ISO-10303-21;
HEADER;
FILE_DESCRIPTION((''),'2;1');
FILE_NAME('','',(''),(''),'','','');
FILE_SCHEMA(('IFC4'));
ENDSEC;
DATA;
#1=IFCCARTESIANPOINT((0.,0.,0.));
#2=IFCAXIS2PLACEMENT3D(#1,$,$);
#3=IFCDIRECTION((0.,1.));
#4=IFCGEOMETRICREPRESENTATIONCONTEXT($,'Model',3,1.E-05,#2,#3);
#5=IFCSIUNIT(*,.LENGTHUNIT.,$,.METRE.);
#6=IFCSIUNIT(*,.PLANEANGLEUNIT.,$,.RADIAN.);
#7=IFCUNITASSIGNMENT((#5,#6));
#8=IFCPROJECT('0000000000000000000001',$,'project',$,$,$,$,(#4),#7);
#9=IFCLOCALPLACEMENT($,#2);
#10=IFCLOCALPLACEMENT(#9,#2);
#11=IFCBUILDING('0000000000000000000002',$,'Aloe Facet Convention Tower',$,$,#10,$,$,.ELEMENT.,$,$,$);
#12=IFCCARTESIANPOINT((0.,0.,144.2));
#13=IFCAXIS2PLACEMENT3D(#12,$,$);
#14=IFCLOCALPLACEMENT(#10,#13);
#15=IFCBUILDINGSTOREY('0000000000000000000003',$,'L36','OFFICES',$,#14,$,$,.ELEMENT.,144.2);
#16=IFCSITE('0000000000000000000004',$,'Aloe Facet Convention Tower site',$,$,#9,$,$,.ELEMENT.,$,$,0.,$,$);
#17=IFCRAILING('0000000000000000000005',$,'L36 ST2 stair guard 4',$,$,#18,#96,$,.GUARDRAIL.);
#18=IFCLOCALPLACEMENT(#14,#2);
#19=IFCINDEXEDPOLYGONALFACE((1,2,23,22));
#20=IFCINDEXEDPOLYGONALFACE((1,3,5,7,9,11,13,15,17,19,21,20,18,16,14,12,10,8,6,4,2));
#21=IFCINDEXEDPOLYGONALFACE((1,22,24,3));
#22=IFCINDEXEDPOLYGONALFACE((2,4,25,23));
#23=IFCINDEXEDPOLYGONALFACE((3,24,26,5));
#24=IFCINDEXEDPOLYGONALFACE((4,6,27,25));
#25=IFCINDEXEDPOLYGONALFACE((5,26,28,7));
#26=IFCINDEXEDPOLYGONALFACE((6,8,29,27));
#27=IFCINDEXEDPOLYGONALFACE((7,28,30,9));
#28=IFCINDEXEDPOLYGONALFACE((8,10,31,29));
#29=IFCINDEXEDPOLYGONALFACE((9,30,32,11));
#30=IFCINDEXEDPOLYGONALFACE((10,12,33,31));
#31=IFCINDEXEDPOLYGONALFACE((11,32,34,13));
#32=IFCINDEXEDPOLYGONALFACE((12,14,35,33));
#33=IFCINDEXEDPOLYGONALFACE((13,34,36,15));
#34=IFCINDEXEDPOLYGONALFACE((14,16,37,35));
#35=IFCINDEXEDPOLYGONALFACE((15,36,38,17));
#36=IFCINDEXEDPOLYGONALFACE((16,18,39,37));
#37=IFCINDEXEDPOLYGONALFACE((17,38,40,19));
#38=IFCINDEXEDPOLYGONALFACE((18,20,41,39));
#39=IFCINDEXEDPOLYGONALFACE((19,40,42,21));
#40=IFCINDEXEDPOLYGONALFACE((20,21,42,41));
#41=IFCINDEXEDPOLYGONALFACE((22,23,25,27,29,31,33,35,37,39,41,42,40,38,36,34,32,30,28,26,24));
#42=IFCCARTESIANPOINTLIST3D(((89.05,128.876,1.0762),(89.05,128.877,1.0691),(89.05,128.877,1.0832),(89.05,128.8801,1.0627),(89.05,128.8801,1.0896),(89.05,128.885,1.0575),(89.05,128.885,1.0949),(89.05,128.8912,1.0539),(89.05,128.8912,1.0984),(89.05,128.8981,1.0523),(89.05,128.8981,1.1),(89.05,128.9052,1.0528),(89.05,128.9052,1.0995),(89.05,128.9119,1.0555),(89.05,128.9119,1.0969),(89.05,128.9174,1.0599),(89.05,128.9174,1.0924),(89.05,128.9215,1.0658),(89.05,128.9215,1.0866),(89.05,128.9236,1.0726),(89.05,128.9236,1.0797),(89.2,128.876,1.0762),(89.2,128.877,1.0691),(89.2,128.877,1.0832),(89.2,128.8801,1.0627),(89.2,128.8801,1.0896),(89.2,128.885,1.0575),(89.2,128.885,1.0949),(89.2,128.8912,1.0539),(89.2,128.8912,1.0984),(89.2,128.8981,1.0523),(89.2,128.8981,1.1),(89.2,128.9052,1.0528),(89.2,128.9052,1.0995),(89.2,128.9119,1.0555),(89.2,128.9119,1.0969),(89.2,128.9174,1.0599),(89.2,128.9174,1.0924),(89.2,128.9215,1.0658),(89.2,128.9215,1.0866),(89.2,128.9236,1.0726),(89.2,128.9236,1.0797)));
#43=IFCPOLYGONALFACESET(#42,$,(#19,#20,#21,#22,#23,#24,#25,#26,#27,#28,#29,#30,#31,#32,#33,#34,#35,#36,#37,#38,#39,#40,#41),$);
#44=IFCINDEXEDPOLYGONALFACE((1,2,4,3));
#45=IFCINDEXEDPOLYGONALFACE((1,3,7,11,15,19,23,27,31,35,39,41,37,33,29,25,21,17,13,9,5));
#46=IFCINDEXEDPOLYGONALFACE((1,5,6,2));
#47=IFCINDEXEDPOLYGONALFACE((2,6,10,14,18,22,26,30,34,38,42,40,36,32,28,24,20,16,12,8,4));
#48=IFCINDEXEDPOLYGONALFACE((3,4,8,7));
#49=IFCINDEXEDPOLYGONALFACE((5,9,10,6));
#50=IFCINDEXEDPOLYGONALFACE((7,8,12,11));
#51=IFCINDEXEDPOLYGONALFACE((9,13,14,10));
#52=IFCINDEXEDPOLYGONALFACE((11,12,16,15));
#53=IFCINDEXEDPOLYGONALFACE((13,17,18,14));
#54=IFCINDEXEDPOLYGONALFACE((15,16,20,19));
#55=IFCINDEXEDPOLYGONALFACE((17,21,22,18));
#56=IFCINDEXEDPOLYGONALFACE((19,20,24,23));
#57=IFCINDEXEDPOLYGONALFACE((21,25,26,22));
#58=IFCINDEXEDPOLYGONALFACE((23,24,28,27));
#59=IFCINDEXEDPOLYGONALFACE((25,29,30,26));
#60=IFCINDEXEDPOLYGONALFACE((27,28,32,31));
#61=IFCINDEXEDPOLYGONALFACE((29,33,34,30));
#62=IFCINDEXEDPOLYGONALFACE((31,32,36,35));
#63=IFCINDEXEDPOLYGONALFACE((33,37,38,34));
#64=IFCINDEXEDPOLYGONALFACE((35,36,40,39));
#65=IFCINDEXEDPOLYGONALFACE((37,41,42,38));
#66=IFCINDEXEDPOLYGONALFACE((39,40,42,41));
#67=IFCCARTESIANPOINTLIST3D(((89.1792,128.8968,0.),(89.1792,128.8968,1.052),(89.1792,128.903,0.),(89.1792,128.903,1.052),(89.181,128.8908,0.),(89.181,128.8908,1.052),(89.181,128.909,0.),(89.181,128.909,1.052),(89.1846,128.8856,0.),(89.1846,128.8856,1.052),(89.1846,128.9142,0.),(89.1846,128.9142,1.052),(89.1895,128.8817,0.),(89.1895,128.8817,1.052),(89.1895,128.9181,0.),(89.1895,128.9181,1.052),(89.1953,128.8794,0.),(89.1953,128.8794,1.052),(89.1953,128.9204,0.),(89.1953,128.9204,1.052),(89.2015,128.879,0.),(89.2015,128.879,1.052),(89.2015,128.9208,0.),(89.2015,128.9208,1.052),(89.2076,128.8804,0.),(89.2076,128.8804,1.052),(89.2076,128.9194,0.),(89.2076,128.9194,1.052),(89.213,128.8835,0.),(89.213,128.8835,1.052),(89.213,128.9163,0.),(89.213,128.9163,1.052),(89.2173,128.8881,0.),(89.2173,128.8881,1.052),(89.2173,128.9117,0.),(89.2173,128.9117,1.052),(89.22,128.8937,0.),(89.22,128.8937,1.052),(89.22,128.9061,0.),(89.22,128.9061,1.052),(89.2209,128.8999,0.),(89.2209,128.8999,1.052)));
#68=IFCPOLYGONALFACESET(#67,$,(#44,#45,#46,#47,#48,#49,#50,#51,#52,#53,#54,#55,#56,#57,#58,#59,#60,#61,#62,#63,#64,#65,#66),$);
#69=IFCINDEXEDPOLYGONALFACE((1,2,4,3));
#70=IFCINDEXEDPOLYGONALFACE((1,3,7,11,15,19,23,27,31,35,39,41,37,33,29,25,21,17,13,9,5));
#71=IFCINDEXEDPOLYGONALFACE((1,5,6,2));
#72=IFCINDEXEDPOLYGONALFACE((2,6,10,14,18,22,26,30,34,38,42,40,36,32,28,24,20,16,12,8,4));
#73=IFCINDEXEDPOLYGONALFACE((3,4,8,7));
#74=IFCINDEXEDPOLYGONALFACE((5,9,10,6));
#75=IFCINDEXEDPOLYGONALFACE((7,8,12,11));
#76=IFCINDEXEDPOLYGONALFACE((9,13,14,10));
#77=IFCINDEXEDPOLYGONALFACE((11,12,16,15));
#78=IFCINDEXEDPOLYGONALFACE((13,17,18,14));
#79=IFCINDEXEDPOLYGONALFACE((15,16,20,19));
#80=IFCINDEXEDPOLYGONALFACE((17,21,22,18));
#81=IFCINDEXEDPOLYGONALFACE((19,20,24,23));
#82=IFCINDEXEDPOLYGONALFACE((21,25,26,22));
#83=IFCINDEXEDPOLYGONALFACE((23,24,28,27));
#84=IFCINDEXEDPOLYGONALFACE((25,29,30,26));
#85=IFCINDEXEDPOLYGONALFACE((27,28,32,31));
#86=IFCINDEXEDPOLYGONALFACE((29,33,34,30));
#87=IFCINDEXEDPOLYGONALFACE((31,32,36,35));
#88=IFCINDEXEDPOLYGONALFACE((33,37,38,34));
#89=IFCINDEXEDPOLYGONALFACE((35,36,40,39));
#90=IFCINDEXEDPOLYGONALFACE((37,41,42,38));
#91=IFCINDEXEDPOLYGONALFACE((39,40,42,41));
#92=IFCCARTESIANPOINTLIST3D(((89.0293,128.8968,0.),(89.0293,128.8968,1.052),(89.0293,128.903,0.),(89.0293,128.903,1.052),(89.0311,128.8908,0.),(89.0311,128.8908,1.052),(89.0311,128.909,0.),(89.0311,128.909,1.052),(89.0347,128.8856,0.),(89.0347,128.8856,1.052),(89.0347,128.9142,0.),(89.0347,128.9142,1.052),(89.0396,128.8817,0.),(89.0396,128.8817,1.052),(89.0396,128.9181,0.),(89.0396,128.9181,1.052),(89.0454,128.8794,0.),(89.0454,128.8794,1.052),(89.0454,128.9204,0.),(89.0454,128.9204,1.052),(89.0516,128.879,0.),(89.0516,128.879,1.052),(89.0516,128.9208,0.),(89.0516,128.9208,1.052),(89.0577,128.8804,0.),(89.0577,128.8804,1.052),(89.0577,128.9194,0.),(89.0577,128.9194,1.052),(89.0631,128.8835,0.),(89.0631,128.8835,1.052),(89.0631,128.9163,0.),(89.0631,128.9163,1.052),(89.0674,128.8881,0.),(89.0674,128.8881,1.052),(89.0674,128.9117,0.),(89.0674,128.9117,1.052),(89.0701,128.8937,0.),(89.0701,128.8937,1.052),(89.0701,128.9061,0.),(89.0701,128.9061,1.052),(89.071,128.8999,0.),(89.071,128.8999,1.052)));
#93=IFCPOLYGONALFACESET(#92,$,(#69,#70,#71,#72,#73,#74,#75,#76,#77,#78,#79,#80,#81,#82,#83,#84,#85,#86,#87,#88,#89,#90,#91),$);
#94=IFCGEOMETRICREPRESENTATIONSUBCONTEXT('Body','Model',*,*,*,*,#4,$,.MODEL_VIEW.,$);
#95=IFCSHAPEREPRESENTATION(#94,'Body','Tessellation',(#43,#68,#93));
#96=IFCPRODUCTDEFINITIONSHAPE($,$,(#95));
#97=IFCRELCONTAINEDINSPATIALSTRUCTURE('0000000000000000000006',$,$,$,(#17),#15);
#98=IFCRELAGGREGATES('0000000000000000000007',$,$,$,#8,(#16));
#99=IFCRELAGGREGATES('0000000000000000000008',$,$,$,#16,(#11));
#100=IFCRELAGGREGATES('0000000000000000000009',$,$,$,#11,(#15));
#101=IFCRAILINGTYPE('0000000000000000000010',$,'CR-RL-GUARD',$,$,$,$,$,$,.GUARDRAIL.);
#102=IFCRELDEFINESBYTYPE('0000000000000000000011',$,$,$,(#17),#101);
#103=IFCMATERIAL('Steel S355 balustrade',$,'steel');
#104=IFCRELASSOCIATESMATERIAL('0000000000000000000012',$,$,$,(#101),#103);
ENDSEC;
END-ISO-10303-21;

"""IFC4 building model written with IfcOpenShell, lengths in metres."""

from ifc_helpers import new_model, si_unit, direction, frame, origin, origin_2d, place, context, subcontext, project, spatial, circle, extrude, material, type_object, element, save


model = new_model("IFC4")

# Units and contexts
model_context = context("Model", 3, precision=1e-05, world=origin(), true_north=direction((0.0, 1.0)))
body_context = subcontext(model_context, "Body", "Model", "MODEL_VIEW")
ifc_project = project(units=[si_unit("LENGTHUNIT", "METRE"), si_unit("PLANEANGLEUNIT", "RADIAN")], contexts=[model_context])

# Site, building, storey
site_placement = place(None, origin())
site = spatial("IfcSite", under=ifc_project, at=site_placement, Name="Aloe Facet Convention Tower site", CompositionType="ELEMENT", RefElevation=0.0)
building_placement = place(site_placement, origin())
building = spatial("IfcBuilding", under=site, at=building_placement, Name="Aloe Facet Convention Tower", CompositionType="ELEMENT")
storey_placement = place(building_placement, frame((0.0, 0.0, 144.2)))
storey = spatial("IfcBuildingStorey", under=building, at=storey_placement, Name="L36", Description="OFFICES", CompositionType="ELEMENT", Elevation=144.2)

# Railing
ifc_material_1 = material(Name="Steel S355 balustrade", Category="steel")
railing_type_1 = type_object("IfcRailingType", Name="CR-RL-GUARD", PredefinedType="GUARDRAIL", material=ifc_material_1)
railing_1_placement = place(storey_placement, frame((89.2, 128.8999, 0.0)))
element("IfcRailing", 1, at=railing_1_placement, inside=storey, type_object=railing_type_1, Name="L36 ST2 stair guard 4", PredefinedType="GUARDRAIL", context=body_context, shape_type="SweptSolid", body=[
    extrude(circle(Radius=0.0239, at=origin_2d()), frame((0.0, 0.0, 1.0762), z_axis=(-1.0, 0.0, 0.0), x_axis=(0.0, -1.0, 0.0)), (0.0, 0.0, 1.0), 0.1499),
    extrude(circle(Radius=0.021, at=origin_2d()), origin(), (0.0, 0.0, 1.0), 1.052),
    extrude(circle(Radius=0.021, at=origin_2d()), frame((-0.1499, 0.0, 0.0)), (0.0, 0.0, 1.0), 1.052),
])

save(model, "model.ifc")
